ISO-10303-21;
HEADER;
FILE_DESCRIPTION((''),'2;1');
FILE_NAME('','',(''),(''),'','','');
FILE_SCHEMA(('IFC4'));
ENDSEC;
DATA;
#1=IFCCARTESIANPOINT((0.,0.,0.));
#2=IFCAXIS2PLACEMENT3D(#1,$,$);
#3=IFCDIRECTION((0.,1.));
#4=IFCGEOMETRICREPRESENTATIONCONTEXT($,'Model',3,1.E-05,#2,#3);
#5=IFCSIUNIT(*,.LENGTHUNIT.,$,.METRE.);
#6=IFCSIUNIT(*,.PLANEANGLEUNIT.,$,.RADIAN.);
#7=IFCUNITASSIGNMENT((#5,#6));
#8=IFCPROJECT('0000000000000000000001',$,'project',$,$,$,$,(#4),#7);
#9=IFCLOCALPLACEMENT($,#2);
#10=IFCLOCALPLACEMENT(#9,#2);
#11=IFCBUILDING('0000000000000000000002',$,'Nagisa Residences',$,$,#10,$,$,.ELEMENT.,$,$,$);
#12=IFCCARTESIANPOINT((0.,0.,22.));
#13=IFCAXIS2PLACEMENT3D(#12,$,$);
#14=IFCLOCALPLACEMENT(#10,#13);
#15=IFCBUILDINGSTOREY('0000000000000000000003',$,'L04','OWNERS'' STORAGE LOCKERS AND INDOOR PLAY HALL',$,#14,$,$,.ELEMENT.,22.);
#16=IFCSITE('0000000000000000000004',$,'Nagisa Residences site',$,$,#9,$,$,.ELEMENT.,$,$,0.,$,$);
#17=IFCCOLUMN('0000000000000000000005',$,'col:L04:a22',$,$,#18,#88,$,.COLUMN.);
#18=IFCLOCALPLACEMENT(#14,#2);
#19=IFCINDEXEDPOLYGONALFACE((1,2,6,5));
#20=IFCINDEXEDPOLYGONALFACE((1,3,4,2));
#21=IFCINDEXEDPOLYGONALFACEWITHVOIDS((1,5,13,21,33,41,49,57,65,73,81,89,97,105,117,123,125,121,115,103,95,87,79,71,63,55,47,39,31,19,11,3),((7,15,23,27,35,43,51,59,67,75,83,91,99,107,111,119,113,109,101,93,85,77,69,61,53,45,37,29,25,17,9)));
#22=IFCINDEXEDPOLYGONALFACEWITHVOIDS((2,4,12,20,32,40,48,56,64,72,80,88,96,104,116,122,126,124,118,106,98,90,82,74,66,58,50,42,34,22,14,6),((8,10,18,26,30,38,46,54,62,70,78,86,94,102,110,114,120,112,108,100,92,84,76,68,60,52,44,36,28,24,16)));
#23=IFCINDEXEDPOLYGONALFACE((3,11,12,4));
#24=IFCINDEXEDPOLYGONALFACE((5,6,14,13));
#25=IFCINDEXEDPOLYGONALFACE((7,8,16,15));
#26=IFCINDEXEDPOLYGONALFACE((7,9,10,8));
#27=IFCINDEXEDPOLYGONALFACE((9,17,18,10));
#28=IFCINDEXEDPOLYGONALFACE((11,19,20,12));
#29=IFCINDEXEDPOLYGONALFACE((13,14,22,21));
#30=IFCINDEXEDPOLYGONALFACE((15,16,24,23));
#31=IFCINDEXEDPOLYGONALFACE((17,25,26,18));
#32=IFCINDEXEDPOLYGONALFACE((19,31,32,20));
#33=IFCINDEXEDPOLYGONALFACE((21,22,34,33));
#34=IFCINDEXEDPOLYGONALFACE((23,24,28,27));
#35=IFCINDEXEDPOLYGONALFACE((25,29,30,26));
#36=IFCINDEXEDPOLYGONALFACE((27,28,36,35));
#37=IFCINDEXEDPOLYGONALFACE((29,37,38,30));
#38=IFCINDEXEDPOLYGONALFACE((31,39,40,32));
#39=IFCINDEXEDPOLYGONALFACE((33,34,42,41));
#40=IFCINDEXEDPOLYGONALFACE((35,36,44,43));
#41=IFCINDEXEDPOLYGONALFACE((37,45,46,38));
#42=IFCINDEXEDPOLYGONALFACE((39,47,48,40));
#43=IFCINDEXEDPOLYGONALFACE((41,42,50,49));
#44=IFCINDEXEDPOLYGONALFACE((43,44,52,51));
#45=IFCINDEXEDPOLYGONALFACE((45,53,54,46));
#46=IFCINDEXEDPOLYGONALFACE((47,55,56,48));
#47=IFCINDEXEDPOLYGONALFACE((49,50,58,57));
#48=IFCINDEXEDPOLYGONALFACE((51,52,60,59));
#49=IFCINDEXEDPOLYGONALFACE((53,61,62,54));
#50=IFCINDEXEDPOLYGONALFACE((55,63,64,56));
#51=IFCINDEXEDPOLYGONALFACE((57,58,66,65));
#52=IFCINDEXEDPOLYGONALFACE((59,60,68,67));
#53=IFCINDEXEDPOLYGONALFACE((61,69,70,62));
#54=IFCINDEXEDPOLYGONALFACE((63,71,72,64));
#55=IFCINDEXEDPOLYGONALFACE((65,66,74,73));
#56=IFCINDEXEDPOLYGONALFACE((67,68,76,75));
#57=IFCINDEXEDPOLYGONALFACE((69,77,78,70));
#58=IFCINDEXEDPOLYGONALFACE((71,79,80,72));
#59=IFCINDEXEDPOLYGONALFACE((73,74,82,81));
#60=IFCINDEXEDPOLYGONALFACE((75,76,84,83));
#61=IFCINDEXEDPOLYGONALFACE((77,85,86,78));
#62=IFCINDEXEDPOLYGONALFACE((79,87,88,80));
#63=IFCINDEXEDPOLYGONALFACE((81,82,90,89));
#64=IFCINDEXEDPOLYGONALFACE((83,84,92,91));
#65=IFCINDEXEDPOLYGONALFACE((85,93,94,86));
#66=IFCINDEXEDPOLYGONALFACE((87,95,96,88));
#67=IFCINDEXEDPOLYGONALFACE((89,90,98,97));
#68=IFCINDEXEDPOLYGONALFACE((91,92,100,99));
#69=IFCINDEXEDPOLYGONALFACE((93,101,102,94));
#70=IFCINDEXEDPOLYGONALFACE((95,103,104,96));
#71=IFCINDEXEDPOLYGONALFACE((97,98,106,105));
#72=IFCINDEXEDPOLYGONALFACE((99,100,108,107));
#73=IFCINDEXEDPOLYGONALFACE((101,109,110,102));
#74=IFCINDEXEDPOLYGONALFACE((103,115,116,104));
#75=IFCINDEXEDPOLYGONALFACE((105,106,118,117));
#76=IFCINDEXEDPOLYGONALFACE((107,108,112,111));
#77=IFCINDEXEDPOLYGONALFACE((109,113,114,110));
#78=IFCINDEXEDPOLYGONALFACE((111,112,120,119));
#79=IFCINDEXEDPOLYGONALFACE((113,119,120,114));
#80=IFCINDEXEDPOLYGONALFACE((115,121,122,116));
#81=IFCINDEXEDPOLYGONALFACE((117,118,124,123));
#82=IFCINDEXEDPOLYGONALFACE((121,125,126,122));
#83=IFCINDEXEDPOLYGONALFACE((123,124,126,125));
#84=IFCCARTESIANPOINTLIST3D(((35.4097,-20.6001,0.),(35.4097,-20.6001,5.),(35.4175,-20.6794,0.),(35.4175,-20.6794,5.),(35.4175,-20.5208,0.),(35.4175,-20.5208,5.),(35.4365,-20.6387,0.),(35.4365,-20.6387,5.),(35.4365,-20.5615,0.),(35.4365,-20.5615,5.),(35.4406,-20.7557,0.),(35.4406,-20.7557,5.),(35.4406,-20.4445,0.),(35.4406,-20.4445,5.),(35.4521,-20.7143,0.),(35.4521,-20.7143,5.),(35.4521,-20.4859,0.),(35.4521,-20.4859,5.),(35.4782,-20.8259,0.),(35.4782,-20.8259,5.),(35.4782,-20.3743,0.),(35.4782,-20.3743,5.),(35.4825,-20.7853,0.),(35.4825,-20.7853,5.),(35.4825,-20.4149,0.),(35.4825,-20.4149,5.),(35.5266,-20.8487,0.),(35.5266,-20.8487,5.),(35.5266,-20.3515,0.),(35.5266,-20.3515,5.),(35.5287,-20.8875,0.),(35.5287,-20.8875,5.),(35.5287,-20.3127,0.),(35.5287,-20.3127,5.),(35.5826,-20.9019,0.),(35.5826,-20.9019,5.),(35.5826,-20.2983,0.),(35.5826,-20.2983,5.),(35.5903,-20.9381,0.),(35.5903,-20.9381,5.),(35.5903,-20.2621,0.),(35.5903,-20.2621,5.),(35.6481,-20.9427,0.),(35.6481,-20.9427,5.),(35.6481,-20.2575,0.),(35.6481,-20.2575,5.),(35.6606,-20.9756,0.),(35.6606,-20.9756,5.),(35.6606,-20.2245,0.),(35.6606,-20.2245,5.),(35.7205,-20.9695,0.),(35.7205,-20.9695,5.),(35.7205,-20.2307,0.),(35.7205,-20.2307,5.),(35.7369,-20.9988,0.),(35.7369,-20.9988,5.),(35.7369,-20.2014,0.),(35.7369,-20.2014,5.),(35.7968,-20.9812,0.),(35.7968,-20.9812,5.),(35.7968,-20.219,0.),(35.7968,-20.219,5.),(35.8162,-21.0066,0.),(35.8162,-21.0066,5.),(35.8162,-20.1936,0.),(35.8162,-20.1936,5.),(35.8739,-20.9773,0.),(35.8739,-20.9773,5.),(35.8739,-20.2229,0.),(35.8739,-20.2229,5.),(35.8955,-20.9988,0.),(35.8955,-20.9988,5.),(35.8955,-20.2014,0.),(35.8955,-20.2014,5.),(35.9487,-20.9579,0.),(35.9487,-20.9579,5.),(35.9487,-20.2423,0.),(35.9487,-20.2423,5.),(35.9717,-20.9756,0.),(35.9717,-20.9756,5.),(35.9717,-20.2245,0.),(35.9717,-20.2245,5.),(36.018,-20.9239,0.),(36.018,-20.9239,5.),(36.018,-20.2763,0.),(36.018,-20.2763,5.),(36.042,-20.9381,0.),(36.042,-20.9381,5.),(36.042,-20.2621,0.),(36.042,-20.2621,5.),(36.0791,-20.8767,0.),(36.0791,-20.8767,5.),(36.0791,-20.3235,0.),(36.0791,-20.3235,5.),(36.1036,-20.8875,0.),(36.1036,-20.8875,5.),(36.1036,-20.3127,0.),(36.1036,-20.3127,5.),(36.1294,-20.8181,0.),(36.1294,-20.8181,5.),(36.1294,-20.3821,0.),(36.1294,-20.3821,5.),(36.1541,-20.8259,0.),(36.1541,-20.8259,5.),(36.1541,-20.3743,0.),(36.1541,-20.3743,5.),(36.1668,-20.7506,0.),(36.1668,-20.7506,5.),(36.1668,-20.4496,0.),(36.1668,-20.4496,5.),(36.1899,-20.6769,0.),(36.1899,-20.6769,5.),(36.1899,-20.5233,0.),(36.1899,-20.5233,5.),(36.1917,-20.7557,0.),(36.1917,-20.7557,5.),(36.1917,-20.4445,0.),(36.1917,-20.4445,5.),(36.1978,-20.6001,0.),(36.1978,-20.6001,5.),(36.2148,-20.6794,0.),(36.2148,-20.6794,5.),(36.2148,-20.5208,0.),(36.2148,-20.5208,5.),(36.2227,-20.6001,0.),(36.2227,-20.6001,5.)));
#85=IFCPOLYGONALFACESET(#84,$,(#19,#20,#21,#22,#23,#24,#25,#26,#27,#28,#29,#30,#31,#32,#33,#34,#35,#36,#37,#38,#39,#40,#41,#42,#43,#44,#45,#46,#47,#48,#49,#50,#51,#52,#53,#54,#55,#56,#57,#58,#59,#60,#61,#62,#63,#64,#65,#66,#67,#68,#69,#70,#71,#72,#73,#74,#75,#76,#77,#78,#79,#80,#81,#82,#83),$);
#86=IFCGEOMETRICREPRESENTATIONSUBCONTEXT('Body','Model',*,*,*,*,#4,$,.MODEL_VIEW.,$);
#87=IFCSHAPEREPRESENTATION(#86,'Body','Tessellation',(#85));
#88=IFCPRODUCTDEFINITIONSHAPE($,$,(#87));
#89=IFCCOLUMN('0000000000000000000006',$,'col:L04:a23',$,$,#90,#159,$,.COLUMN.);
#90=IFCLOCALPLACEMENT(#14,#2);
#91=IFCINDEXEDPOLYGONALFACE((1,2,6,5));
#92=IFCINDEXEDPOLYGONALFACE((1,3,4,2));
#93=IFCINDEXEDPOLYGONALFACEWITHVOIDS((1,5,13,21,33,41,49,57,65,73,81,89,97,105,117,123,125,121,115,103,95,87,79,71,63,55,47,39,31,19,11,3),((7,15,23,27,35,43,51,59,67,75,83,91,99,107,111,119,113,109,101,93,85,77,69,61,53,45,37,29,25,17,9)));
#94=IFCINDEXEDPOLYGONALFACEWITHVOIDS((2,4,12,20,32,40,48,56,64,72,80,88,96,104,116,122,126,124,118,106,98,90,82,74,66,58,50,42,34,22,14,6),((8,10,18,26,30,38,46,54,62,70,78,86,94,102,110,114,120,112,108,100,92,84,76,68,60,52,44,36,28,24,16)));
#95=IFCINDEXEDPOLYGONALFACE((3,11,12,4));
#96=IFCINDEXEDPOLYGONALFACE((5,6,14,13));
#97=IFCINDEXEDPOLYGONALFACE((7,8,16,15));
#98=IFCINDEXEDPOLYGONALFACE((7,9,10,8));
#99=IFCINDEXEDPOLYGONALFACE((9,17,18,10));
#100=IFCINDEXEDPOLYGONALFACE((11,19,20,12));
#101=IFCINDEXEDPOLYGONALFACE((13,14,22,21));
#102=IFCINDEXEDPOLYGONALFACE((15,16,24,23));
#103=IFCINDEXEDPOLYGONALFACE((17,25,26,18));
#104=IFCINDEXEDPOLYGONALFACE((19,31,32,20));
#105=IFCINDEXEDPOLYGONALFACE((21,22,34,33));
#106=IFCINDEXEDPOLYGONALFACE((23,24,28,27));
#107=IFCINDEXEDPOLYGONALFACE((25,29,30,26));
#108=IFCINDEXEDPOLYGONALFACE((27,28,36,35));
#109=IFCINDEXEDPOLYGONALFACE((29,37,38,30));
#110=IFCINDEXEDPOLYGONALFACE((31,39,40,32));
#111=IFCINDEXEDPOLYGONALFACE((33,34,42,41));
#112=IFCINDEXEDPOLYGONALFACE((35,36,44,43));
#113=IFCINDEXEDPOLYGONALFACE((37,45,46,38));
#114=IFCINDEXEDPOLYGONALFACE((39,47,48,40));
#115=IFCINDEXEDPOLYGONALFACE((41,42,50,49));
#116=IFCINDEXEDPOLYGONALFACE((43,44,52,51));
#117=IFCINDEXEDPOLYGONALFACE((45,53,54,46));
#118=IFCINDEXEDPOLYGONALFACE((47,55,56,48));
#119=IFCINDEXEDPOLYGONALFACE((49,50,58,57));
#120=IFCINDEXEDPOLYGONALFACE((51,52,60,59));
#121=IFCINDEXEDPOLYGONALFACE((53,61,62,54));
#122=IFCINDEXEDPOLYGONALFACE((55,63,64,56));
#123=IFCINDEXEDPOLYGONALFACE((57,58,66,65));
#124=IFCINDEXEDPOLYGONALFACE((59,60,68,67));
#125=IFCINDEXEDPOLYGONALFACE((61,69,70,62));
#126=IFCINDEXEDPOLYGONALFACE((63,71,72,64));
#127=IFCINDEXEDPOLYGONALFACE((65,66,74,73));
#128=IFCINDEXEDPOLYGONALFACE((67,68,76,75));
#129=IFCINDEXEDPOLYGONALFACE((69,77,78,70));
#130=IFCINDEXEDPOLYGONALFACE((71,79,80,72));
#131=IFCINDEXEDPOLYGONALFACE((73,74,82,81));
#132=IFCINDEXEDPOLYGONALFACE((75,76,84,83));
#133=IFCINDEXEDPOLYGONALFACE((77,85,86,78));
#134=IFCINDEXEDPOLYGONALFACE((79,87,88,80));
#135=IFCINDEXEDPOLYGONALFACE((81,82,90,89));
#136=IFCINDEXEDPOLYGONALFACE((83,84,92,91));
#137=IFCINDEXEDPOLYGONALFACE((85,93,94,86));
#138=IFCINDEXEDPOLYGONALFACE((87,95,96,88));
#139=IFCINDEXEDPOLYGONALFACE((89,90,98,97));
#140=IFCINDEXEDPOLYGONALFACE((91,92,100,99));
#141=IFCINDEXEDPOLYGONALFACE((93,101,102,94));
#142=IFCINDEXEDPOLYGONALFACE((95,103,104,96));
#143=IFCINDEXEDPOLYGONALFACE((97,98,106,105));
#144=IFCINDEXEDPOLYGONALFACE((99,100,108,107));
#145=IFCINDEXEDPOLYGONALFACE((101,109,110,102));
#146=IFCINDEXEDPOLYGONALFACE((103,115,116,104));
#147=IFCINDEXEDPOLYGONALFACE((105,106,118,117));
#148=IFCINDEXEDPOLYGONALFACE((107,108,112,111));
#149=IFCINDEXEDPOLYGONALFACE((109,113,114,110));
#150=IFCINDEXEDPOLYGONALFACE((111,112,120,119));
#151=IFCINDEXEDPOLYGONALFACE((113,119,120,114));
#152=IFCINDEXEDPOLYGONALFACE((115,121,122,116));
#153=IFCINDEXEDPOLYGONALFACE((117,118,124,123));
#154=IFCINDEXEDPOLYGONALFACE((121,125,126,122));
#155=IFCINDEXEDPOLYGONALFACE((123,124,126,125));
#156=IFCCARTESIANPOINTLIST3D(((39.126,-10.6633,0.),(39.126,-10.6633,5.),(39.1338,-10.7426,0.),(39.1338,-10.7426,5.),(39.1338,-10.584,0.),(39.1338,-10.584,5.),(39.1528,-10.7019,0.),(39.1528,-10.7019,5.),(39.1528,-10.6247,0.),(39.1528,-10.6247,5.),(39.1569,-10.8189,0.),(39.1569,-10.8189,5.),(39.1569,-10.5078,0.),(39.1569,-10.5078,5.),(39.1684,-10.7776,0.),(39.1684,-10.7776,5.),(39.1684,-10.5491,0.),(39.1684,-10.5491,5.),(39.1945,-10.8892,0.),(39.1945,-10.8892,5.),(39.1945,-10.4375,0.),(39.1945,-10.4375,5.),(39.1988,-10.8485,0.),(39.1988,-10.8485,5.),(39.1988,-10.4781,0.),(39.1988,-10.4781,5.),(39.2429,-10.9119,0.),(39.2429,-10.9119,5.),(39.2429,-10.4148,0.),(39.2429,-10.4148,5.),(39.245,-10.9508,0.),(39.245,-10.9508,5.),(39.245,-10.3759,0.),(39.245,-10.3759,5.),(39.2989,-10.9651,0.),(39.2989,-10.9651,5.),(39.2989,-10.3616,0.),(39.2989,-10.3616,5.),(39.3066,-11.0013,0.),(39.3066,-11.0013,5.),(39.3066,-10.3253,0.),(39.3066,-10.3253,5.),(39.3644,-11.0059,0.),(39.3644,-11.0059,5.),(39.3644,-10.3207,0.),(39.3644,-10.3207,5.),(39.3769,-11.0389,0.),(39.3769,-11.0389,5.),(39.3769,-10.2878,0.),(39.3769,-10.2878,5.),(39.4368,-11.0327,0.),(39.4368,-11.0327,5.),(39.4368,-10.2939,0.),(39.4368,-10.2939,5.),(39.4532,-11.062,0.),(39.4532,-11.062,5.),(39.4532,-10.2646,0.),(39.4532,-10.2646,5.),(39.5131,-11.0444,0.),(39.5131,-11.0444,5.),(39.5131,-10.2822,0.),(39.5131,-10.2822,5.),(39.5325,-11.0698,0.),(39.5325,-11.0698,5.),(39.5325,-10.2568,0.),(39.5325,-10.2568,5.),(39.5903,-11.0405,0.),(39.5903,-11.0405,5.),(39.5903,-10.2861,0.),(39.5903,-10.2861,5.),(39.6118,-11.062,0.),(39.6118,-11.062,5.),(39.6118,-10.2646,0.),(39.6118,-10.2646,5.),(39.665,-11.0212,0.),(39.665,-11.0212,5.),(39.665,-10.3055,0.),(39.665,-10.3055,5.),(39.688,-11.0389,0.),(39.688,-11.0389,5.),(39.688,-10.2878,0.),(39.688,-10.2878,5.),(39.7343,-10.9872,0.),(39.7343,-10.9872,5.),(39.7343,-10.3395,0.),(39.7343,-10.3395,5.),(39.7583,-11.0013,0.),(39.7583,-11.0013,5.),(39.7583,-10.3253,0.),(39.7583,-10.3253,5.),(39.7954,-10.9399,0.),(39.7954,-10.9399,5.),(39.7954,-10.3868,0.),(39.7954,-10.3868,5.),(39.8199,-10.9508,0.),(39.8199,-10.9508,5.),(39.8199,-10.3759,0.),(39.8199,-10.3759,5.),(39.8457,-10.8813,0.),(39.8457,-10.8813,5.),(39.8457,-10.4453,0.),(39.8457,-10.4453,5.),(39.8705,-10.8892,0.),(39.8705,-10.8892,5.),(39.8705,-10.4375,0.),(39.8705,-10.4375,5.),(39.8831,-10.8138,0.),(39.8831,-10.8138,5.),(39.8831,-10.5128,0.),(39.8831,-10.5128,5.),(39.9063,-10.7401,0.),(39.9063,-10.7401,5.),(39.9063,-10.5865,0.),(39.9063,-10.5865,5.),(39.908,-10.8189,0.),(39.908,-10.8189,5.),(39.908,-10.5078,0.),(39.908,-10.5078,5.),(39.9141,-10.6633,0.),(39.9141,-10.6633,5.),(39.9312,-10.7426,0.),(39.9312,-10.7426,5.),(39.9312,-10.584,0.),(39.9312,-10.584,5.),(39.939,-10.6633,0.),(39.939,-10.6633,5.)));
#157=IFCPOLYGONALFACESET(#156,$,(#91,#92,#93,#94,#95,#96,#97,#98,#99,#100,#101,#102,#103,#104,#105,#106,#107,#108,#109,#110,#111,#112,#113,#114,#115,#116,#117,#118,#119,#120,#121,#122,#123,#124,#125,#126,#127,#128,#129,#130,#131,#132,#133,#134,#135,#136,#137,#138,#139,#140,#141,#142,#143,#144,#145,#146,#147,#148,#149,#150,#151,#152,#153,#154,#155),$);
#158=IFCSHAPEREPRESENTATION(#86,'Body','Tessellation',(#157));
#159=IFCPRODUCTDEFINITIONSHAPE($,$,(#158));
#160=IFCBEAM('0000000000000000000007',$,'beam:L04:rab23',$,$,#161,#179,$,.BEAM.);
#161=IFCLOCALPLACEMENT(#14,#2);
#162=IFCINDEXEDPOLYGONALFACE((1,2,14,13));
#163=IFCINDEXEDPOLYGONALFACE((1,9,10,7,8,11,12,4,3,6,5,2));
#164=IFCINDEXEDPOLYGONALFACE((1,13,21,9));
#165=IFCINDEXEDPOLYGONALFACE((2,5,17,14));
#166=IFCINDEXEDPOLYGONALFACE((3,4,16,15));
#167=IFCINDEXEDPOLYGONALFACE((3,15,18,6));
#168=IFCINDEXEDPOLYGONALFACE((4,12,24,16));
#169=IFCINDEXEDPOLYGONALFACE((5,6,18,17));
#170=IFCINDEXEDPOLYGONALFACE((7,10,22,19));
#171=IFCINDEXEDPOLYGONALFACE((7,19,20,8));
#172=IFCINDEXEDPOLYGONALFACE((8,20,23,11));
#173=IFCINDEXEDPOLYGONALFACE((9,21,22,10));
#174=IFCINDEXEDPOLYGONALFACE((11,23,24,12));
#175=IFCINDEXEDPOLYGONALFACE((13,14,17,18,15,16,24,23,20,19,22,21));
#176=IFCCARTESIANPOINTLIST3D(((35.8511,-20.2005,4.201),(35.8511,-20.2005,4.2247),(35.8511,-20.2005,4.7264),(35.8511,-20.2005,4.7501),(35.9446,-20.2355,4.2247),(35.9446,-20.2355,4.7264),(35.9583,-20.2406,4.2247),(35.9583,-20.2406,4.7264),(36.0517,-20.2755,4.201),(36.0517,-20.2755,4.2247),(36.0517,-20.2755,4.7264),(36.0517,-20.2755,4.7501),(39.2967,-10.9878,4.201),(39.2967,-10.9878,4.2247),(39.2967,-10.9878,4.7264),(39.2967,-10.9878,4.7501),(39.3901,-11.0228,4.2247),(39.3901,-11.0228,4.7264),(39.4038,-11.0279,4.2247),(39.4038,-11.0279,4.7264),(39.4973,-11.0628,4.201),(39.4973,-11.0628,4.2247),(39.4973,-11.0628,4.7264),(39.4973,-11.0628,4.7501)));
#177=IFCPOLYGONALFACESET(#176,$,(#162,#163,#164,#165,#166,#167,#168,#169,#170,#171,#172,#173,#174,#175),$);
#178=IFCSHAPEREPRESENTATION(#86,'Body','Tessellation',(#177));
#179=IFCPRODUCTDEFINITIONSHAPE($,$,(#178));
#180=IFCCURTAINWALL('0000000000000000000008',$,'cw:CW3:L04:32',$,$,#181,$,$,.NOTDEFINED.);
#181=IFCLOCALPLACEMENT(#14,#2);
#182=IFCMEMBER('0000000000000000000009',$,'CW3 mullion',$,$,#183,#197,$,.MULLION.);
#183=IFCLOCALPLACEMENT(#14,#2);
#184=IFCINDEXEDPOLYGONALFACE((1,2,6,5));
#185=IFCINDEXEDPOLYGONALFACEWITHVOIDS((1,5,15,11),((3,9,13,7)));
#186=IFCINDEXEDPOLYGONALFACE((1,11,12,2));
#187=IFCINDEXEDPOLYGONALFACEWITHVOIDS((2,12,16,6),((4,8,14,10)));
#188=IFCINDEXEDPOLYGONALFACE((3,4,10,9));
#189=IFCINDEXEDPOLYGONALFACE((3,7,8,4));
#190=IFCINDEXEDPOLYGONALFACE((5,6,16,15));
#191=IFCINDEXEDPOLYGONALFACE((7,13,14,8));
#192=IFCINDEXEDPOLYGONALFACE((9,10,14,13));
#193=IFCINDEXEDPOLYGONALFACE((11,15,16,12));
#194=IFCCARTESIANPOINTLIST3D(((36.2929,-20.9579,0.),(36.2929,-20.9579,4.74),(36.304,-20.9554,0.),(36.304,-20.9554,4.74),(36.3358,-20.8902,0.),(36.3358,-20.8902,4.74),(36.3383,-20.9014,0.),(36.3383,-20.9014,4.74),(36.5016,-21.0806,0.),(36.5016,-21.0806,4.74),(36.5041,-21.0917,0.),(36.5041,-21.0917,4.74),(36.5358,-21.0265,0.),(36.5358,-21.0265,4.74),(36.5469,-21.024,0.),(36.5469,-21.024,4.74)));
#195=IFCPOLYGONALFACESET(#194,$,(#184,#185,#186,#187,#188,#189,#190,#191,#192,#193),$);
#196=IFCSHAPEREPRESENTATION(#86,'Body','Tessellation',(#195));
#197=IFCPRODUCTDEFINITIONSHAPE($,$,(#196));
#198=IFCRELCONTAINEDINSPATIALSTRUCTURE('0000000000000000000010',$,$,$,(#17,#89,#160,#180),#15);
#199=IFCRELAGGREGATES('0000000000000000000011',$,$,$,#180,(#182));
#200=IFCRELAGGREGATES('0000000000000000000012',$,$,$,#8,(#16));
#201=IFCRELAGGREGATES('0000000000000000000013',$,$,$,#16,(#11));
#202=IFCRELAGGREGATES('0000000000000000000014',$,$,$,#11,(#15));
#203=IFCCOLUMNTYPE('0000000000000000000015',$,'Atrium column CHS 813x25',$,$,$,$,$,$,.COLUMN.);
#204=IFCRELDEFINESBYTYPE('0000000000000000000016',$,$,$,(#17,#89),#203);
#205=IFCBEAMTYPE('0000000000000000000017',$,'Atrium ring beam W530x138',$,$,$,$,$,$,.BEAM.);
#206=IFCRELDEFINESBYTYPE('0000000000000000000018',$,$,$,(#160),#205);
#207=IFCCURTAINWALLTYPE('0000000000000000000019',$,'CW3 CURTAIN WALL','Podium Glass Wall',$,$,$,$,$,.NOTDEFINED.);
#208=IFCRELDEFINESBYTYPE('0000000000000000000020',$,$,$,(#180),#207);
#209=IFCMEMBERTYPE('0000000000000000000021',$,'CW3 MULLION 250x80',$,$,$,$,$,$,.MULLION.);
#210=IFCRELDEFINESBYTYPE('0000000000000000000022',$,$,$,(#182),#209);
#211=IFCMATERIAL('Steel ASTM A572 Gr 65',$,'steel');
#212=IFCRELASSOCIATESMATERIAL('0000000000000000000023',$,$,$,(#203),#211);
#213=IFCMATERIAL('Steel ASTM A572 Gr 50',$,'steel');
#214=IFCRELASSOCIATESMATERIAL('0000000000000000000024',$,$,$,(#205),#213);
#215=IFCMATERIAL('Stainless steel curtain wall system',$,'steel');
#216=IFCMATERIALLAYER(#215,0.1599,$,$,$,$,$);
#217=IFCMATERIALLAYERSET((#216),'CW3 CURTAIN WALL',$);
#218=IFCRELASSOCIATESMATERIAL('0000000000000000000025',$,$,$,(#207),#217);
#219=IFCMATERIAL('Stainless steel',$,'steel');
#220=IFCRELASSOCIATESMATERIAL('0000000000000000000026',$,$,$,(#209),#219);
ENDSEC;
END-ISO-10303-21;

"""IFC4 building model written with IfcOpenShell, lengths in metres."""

from ifc_helpers import new_model, si_unit, direction, frame, origin, origin_2d, place, context, subcontext, project, spatial, hollow_rectangle, hollow_circle, i_section, extrude, material, layer, layer_set, material_profile, profile_set, type_object, element, aggregate, save


model = new_model("IFC4")

# Units and contexts
model_context = context("Model", 3, precision=1e-05, world=origin(), true_north=direction((0.0, 1.0)))
body_context = subcontext(model_context, "Body", "Model", "MODEL_VIEW")
ifc_project = project(units=[si_unit("LENGTHUNIT", "METRE"), si_unit("PLANEANGLEUNIT", "RADIAN")], contexts=[model_context])

# Site, building, storey
site_placement = place(None, origin())
site = spatial("IfcSite", under=ifc_project, at=site_placement, Name="Nagisa Residences site", CompositionType="ELEMENT", RefElevation=0.0)
building_placement = place(site_placement, origin())
building = spatial("IfcBuilding", under=site, at=building_placement, Name="Nagisa Residences", CompositionType="ELEMENT")
storey_placement = place(building_placement, frame((0.0, 0.0, 22.0)))
storey = spatial("IfcBuildingStorey", under=building, at=storey_placement, Name="L04", Description="OWNERS' STORAGE LOCKERS AND INDOOR PLAY HALL", CompositionType="ELEMENT", Elevation=22.0)

# Columns
ifc_material_1 = material(Name="Steel ASTM A572 Gr 65", Category="steel")
ifc_material_profile_1 = material_profile(ifc_material_1, hollow_circle(Radius=0.4065, WallThickness=0.0249, at=origin_2d()), Name="CHS 813x25")
ifc_profile_set_1 = profile_set([ifc_material_profile_1], Name="Steel ASTM A572 Gr 65")
column_type = type_object("IfcColumnType", Name="Atrium column CHS 813x25", PredefinedType="COLUMN", material=ifc_profile_set_1)
for number, where, z_axis, x_axis, name in (
    (1, (35.8162, -20.6001, 0.0), (0.0, 0.0, 1.0), (1.0, 0.0, 0.0), "col:L04:a22"),
    (2, (39.5325, -10.6633, 0.0), (0.0, 0.0, 1.0), (1.0, 0.0, 0.0), "col:L04:a23"),
):
    element("IfcColumn", number, at=place(storey_placement, frame(where, z_axis=z_axis, x_axis=x_axis)), inside=storey, type_object=column_type, Name=name, PredefinedType="COLUMN", context=body_context, shape_type="SweptSolid", body=[
        extrude(hollow_circle(Radius=0.4065, WallThickness=0.0249, at=origin_2d()), origin(), (0.0, 0.0, 1.0), 5.0),
    ])

# Beam
ifc_material_2 = material(Name="Steel ASTM A572 Gr 50", Category="steel")
ifc_material_profile_2 = material_profile(ifc_material_2, i_section(OverallWidth=0.2141, OverallDepth=0.5491, WebThickness=0.0146, FlangeThickness=0.0237, at=origin_2d()), Name="W530x138")
ifc_profile_set_2 = profile_set([ifc_material_profile_2], Name="Steel ASTM A572 Gr 50")
beam_type = type_object("IfcBeamType", Name="Atrium ring beam W530x138", PredefinedType="BEAM", material=ifc_profile_set_2)
beam_placement = place(storey_placement, frame((35.9514, -20.238, 4.4756), z_axis=(0.350305, 0.936636, 0.0), x_axis=(-0.936636, 0.350305, 0.0)))
element("IfcBeam", 3, at=beam_placement, inside=storey, type_object=beam_type, Name="beam:L04:rab23", PredefinedType="BEAM", context=body_context, shape_type="SweptSolid", body=[
    extrude(i_section(OverallWidth=0.2141, OverallDepth=0.5491, WebThickness=0.0146, FlangeThickness=0.0237, at=origin_2d()), origin(), (0.0, 0.0, 1.0), 9.8359),
])

# Curtain wall, member
ifc_material_3 = material(Name="Stainless steel curtain wall system", Category="steel")
ifc_layer_1 = layer(ifc_material_3, 0.1599)
ifc_layer_set_1 = layer_set([ifc_layer_1], Name="CW3 CURTAIN WALL")
curtain_wall_type = type_object("IfcCurtainWallType", Name="CW3 CURTAIN WALL", Description="Podium Glass Wall", PredefinedType="NOTDEFINED", material=ifc_layer_set_1)
curtain_wall_1_placement = place(storey_placement, origin())
curtain_wall_1 = element("IfcCurtainWall", 4, at=curtain_wall_1_placement, inside=storey, type_object=curtain_wall_type, Name="cw:CW3:L04:32", PredefinedType="NOTDEFINED")
ifc_material_4 = material(Name="Stainless steel", Category="steel")
ifc_material_profile_3 = material_profile(ifc_material_4, hollow_rectangle(XDim=0.25, YDim=0.0801, WallThickness=0.0081, at=origin_2d()), Name="CW3 MULLION 250x80")
ifc_profile_set_3 = profile_set([ifc_material_profile_3], Name="Stainless steel")
member_type_1 = type_object("IfcMemberType", Name="CW3 MULLION 250x80", PredefinedType="MULLION", material=ifc_profile_set_3)
member_1_placement = place(storey_placement, frame((36.4199, -20.991, 0.0), z_axis=(0.0, 0.0, 1.0), x_axis=(-0.844747, 0.535165, 0.0)))
member_1 = element("IfcMember", 5, at=member_1_placement, type_object=member_type_1, Name="CW3 mullion", PredefinedType="MULLION", context=body_context, shape_type="SweptSolid", body=[
    extrude(hollow_rectangle(XDim=0.25, YDim=0.0801, WallThickness=0.0081, at=origin_2d()), origin(), (0.0, 0.0, 1.0), 4.74),
])

aggregate(curtain_wall_1, [member_1])

save(model, "model.ifc")
